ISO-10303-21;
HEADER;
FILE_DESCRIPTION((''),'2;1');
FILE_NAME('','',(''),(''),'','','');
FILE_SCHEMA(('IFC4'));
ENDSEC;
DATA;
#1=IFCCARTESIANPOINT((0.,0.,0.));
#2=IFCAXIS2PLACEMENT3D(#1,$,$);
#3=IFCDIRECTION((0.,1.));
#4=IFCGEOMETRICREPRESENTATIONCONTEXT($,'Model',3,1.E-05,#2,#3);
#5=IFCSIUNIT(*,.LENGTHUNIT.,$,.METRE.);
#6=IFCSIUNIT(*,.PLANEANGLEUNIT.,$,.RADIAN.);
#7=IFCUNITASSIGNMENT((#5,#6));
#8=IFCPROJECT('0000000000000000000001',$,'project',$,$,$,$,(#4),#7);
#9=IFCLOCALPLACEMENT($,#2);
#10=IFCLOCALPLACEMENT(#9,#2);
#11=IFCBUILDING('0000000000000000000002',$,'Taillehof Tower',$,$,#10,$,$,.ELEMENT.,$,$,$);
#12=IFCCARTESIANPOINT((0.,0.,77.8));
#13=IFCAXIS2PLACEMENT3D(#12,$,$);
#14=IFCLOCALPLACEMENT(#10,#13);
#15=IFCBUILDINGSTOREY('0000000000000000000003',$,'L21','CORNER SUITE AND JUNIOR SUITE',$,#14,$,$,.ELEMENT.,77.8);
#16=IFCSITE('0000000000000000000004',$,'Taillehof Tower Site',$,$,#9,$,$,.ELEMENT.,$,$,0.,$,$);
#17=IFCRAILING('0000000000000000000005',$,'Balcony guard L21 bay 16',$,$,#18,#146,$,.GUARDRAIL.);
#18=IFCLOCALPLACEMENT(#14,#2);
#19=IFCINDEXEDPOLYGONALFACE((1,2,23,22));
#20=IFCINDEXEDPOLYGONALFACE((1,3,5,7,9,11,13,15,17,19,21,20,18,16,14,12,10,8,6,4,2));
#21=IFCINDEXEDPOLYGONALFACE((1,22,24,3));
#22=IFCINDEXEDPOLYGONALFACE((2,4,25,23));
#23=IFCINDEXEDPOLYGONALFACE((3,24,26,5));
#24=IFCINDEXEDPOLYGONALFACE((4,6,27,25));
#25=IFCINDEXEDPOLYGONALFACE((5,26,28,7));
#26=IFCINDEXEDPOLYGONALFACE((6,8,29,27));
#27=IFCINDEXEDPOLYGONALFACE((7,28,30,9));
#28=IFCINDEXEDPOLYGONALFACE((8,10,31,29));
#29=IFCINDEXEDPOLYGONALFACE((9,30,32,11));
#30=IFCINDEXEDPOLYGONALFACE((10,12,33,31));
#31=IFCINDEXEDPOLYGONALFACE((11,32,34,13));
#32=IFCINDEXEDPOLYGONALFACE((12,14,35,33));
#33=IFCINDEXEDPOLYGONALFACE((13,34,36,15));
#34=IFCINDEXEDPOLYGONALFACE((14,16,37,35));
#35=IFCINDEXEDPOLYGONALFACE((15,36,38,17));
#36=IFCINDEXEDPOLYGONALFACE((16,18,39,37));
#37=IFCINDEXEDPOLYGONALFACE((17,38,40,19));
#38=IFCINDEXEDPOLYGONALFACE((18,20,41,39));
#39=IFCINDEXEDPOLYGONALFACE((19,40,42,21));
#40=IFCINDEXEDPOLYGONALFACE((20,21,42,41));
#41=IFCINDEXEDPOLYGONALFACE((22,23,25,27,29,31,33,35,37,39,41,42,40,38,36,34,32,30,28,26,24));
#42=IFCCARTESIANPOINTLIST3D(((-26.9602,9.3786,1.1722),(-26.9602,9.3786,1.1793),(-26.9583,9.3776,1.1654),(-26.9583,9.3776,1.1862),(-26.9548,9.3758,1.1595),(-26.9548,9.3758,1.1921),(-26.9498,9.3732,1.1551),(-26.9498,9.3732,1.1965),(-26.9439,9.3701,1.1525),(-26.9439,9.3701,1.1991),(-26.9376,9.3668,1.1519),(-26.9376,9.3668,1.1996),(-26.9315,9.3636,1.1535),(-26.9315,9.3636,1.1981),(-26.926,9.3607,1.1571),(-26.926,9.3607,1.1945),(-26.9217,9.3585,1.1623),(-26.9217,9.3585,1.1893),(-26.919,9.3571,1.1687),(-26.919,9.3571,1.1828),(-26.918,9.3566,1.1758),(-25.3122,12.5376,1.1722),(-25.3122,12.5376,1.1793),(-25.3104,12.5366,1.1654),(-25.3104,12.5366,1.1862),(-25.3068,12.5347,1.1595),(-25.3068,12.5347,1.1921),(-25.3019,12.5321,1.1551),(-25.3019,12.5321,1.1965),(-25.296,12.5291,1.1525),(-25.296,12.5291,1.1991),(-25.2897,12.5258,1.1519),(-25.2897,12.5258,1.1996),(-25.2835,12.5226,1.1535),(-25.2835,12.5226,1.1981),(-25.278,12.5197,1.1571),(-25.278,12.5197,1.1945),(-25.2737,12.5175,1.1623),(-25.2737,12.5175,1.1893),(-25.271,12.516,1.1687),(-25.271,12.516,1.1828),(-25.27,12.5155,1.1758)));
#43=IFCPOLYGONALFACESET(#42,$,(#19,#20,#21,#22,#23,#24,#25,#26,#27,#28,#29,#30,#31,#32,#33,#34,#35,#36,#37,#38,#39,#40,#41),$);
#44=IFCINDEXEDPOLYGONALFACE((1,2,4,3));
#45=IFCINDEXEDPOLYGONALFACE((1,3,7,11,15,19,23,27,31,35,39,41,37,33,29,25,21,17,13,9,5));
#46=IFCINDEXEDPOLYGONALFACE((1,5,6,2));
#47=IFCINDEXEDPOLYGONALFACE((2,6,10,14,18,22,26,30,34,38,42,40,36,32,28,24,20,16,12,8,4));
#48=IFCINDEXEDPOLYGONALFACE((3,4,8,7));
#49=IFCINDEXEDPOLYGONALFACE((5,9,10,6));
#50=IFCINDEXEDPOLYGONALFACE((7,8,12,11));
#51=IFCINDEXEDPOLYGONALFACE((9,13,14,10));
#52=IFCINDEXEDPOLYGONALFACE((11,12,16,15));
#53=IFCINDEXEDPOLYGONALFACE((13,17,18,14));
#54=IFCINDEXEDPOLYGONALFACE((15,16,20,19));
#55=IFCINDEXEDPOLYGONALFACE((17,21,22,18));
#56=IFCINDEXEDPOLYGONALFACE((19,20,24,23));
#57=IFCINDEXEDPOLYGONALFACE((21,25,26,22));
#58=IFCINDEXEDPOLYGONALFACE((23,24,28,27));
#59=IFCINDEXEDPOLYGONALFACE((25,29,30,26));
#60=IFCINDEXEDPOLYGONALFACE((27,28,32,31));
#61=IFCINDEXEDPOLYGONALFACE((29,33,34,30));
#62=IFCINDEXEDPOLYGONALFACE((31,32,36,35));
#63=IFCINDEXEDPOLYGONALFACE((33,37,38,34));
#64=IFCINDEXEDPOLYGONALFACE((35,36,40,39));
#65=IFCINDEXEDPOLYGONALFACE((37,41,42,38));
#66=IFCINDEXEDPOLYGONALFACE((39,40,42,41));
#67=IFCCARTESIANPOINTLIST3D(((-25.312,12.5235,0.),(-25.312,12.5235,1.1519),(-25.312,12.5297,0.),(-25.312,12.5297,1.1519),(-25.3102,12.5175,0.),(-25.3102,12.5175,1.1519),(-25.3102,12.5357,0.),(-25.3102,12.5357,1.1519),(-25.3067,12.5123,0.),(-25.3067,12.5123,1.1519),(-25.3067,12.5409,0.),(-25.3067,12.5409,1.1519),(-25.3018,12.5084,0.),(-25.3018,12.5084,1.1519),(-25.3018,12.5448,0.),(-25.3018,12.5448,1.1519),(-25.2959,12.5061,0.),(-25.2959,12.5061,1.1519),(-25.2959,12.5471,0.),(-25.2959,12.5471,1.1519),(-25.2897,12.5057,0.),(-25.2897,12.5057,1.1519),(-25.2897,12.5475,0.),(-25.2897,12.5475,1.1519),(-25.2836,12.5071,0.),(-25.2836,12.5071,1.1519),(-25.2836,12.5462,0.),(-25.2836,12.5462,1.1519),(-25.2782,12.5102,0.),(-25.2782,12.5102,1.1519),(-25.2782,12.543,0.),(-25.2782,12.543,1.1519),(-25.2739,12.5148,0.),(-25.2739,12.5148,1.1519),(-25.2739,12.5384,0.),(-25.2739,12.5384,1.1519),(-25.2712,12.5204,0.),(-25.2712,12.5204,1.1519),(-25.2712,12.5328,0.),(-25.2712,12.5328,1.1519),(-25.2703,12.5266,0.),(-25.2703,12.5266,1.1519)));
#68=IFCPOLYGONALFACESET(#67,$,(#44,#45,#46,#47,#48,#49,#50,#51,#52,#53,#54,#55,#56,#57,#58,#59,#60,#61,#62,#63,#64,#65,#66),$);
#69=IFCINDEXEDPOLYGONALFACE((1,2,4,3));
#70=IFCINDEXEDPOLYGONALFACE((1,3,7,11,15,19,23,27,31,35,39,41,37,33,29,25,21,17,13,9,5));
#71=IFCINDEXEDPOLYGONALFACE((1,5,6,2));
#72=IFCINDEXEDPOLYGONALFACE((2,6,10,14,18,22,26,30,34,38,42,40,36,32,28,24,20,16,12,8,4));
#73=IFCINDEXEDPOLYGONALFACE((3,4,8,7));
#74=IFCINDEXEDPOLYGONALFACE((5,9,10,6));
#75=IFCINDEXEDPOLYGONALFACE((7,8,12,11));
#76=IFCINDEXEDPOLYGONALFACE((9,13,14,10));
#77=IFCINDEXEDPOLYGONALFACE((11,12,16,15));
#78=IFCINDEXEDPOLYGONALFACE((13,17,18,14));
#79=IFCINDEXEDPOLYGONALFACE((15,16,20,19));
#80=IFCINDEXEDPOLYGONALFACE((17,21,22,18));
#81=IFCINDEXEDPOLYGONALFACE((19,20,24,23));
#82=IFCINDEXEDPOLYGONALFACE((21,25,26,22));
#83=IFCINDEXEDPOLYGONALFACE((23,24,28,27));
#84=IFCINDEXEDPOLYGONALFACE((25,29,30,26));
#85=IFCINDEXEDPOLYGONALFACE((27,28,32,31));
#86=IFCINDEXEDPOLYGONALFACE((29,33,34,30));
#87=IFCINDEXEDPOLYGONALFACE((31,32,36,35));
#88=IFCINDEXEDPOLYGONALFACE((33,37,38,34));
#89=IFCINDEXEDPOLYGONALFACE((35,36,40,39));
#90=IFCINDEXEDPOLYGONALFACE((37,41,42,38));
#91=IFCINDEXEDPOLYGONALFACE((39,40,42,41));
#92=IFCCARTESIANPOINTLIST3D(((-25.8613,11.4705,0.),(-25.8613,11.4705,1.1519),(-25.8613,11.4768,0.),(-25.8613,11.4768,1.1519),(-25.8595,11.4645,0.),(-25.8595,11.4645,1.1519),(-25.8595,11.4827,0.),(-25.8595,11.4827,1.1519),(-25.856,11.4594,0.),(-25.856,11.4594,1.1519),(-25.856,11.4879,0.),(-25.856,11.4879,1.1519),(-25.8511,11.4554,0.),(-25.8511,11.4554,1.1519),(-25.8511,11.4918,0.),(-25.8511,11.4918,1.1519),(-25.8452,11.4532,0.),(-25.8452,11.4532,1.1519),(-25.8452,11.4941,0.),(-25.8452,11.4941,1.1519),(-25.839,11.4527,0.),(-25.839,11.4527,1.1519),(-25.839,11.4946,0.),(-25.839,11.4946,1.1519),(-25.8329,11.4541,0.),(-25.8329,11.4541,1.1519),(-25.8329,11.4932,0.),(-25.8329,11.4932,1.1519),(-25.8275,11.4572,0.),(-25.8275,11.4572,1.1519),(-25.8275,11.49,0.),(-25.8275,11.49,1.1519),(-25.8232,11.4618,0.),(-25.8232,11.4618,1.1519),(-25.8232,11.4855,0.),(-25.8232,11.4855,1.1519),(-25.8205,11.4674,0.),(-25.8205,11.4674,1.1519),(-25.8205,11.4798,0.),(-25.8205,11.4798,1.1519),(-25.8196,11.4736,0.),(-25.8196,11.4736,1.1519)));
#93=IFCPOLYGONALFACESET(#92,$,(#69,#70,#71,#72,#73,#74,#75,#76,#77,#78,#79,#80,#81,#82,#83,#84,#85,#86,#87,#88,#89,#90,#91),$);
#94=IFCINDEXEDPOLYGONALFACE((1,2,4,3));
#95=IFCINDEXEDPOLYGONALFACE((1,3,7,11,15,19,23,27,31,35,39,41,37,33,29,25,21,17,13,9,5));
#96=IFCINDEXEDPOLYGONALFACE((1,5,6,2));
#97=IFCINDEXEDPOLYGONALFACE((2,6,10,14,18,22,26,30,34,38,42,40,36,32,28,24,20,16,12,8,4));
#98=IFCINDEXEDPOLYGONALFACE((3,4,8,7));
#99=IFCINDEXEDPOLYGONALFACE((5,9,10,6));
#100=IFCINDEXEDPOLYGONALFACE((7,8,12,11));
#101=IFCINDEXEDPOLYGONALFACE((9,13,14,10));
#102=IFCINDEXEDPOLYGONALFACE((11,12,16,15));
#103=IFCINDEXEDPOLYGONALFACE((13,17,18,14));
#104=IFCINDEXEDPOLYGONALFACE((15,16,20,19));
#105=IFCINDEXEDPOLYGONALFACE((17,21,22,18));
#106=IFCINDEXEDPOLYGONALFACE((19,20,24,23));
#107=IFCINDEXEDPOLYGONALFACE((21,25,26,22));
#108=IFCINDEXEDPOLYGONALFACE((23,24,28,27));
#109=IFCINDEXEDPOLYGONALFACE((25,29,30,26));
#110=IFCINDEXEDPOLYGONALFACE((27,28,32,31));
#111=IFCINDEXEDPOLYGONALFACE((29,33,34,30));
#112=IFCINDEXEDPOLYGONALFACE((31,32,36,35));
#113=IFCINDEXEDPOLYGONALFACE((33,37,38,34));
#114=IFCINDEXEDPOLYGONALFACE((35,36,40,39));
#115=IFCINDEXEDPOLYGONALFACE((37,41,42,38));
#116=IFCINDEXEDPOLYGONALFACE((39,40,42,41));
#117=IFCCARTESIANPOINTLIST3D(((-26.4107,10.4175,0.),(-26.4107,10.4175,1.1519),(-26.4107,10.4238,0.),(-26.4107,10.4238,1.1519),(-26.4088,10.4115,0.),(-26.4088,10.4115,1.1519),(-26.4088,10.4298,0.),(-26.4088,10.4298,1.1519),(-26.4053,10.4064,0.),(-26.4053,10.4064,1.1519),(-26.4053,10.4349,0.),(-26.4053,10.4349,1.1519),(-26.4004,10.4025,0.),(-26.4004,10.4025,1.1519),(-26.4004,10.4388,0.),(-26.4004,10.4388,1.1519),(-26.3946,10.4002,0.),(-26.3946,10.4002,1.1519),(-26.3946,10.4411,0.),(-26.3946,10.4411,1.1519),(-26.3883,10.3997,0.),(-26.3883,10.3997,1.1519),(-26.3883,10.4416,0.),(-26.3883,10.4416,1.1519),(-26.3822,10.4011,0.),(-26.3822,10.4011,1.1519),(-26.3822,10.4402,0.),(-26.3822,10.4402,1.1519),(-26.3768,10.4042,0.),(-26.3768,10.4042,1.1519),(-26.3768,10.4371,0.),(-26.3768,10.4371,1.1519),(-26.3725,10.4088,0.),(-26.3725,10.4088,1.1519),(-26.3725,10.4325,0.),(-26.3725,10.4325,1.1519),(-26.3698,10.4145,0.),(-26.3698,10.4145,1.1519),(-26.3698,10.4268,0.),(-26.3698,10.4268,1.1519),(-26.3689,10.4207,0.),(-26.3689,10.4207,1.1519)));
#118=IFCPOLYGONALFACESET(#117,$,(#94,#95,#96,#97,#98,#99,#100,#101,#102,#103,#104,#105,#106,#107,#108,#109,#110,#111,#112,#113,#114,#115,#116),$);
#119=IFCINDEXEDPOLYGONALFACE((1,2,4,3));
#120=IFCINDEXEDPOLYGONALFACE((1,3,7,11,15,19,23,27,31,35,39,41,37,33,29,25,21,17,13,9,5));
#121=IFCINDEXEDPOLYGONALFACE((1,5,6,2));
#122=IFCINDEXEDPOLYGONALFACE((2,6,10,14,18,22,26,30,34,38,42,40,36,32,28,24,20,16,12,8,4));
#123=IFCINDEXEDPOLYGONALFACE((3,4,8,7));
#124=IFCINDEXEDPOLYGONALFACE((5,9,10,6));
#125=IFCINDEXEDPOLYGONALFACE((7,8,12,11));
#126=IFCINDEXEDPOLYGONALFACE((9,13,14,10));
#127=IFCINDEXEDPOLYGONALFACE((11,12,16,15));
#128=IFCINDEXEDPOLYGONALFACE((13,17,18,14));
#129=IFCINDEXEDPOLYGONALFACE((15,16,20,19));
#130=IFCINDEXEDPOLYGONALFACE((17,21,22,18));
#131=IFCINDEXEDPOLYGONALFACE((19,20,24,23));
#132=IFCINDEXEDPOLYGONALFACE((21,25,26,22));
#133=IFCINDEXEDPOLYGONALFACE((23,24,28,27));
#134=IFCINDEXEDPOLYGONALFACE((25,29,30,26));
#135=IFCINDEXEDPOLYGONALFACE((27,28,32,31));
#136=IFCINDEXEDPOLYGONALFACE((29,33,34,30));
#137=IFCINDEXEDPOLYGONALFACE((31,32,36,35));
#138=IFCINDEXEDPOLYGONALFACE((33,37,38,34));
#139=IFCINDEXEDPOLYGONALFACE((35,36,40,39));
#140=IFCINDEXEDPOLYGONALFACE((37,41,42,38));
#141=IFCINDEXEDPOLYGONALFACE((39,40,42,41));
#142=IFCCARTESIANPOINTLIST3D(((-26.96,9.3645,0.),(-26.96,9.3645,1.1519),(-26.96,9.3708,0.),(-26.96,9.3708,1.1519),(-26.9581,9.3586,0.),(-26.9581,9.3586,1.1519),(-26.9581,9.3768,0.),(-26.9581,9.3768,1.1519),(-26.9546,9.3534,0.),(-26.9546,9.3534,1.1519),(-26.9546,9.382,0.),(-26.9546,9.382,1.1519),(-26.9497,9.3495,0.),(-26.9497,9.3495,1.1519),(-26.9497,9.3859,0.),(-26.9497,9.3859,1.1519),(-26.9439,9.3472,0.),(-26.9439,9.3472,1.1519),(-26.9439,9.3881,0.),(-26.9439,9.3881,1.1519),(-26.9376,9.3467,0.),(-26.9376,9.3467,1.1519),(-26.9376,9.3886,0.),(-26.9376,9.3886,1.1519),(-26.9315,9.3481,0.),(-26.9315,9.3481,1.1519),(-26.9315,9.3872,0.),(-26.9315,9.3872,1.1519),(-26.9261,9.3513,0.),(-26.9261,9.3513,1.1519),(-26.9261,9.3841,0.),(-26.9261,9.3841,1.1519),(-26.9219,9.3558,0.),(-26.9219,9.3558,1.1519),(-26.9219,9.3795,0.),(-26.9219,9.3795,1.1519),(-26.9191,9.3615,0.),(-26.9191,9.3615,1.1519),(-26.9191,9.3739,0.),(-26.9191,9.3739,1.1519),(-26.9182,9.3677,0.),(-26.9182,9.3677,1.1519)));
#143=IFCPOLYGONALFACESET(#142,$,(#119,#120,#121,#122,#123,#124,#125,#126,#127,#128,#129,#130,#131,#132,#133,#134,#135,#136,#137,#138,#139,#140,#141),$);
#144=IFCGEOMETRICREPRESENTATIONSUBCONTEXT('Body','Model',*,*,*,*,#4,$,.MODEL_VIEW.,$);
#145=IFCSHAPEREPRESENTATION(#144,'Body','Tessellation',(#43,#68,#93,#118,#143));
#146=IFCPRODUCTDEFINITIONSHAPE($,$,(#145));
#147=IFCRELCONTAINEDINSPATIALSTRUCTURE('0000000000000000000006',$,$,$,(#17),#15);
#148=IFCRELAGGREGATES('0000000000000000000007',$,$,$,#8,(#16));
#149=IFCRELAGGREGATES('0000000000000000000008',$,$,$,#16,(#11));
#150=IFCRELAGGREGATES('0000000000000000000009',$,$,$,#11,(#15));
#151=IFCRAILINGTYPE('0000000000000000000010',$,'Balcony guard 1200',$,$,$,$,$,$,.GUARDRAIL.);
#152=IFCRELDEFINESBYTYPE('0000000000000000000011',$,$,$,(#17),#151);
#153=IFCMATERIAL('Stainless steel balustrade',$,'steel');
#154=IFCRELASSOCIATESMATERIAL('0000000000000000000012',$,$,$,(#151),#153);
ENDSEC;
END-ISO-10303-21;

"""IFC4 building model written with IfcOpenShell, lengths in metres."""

from ifc_helpers import new_model, si_unit, direction, frame, origin, origin_2d, place, context, subcontext, project, spatial, circle, extrude, material, type_object, element, save


model = new_model("IFC4")

# Units and contexts
model_context = context("Model", 3, precision=1e-05, world=origin(), true_north=direction((0.0, 1.0)))
body_context = subcontext(model_context, "Body", "Model", "MODEL_VIEW")
ifc_project = project(units=[si_unit("LENGTHUNIT", "METRE"), si_unit("PLANEANGLEUNIT", "RADIAN")], contexts=[model_context])

# Site, building, storey
site_placement = place(None, origin())
site = spatial("IfcSite", under=ifc_project, at=site_placement, Name="Taillehof Tower Site", CompositionType="ELEMENT", RefElevation=0.0)
building_placement = place(site_placement, origin())
building = spatial("IfcBuilding", under=site, at=building_placement, Name="Taillehof Tower", CompositionType="ELEMENT")
storey_placement = place(building_placement, frame((0.0, 0.0, 77.8)))
storey = spatial("IfcBuildingStorey", under=building, at=storey_placement, Name="L21", Description="CORNER SUITE AND JUNIOR SUITE", CompositionType="ELEMENT", Elevation=77.8)

# Railing
ifc_material_1 = material(Name="Stainless steel balustrade", Category="steel")
railing_type = type_object("IfcRailingType", Name="Balcony guard 1200", PredefinedType="GUARDRAIL", material=ifc_material_1)
railing_1_placement = place(storey_placement, frame((-25.2913, 12.5266, 0.0)))
element("IfcRailing", 1, at=railing_1_placement, inside=storey, type_object=railing_type, Name="Balcony guard L21 bay 16", PredefinedType="GUARDRAIL", context=body_context, shape_type="SweptSolid", body=[
    extrude(circle(Radius=0.0239, at=origin_2d()), frame((0.0, 0.0, 1.1758), z_axis=(-0.462524, -0.886607, 0.0), x_axis=(0.886607, -0.462524, 0.0)), (0.0, 0.0, 1.0), 3.563),
    extrude(circle(Radius=0.021, at=origin_2d()), origin(), (0.0, 0.0, 1.0), 1.1519),
    extrude(circle(Radius=0.021, at=origin_2d()), frame((-0.5493, -1.053, 0.0)), (0.0, 0.0, 1.0), 1.1519),
    extrude(circle(Radius=0.021, at=origin_2d()), frame((-1.0986, -2.106, 0.0)), (0.0, 0.0, 1.0), 1.1519),
    extrude(circle(Radius=0.021, at=origin_2d()), frame((-1.6479, -3.1589, 0.0)), (0.0, 0.0, 1.0), 1.1519),
])

save(model, "model.ifc")
